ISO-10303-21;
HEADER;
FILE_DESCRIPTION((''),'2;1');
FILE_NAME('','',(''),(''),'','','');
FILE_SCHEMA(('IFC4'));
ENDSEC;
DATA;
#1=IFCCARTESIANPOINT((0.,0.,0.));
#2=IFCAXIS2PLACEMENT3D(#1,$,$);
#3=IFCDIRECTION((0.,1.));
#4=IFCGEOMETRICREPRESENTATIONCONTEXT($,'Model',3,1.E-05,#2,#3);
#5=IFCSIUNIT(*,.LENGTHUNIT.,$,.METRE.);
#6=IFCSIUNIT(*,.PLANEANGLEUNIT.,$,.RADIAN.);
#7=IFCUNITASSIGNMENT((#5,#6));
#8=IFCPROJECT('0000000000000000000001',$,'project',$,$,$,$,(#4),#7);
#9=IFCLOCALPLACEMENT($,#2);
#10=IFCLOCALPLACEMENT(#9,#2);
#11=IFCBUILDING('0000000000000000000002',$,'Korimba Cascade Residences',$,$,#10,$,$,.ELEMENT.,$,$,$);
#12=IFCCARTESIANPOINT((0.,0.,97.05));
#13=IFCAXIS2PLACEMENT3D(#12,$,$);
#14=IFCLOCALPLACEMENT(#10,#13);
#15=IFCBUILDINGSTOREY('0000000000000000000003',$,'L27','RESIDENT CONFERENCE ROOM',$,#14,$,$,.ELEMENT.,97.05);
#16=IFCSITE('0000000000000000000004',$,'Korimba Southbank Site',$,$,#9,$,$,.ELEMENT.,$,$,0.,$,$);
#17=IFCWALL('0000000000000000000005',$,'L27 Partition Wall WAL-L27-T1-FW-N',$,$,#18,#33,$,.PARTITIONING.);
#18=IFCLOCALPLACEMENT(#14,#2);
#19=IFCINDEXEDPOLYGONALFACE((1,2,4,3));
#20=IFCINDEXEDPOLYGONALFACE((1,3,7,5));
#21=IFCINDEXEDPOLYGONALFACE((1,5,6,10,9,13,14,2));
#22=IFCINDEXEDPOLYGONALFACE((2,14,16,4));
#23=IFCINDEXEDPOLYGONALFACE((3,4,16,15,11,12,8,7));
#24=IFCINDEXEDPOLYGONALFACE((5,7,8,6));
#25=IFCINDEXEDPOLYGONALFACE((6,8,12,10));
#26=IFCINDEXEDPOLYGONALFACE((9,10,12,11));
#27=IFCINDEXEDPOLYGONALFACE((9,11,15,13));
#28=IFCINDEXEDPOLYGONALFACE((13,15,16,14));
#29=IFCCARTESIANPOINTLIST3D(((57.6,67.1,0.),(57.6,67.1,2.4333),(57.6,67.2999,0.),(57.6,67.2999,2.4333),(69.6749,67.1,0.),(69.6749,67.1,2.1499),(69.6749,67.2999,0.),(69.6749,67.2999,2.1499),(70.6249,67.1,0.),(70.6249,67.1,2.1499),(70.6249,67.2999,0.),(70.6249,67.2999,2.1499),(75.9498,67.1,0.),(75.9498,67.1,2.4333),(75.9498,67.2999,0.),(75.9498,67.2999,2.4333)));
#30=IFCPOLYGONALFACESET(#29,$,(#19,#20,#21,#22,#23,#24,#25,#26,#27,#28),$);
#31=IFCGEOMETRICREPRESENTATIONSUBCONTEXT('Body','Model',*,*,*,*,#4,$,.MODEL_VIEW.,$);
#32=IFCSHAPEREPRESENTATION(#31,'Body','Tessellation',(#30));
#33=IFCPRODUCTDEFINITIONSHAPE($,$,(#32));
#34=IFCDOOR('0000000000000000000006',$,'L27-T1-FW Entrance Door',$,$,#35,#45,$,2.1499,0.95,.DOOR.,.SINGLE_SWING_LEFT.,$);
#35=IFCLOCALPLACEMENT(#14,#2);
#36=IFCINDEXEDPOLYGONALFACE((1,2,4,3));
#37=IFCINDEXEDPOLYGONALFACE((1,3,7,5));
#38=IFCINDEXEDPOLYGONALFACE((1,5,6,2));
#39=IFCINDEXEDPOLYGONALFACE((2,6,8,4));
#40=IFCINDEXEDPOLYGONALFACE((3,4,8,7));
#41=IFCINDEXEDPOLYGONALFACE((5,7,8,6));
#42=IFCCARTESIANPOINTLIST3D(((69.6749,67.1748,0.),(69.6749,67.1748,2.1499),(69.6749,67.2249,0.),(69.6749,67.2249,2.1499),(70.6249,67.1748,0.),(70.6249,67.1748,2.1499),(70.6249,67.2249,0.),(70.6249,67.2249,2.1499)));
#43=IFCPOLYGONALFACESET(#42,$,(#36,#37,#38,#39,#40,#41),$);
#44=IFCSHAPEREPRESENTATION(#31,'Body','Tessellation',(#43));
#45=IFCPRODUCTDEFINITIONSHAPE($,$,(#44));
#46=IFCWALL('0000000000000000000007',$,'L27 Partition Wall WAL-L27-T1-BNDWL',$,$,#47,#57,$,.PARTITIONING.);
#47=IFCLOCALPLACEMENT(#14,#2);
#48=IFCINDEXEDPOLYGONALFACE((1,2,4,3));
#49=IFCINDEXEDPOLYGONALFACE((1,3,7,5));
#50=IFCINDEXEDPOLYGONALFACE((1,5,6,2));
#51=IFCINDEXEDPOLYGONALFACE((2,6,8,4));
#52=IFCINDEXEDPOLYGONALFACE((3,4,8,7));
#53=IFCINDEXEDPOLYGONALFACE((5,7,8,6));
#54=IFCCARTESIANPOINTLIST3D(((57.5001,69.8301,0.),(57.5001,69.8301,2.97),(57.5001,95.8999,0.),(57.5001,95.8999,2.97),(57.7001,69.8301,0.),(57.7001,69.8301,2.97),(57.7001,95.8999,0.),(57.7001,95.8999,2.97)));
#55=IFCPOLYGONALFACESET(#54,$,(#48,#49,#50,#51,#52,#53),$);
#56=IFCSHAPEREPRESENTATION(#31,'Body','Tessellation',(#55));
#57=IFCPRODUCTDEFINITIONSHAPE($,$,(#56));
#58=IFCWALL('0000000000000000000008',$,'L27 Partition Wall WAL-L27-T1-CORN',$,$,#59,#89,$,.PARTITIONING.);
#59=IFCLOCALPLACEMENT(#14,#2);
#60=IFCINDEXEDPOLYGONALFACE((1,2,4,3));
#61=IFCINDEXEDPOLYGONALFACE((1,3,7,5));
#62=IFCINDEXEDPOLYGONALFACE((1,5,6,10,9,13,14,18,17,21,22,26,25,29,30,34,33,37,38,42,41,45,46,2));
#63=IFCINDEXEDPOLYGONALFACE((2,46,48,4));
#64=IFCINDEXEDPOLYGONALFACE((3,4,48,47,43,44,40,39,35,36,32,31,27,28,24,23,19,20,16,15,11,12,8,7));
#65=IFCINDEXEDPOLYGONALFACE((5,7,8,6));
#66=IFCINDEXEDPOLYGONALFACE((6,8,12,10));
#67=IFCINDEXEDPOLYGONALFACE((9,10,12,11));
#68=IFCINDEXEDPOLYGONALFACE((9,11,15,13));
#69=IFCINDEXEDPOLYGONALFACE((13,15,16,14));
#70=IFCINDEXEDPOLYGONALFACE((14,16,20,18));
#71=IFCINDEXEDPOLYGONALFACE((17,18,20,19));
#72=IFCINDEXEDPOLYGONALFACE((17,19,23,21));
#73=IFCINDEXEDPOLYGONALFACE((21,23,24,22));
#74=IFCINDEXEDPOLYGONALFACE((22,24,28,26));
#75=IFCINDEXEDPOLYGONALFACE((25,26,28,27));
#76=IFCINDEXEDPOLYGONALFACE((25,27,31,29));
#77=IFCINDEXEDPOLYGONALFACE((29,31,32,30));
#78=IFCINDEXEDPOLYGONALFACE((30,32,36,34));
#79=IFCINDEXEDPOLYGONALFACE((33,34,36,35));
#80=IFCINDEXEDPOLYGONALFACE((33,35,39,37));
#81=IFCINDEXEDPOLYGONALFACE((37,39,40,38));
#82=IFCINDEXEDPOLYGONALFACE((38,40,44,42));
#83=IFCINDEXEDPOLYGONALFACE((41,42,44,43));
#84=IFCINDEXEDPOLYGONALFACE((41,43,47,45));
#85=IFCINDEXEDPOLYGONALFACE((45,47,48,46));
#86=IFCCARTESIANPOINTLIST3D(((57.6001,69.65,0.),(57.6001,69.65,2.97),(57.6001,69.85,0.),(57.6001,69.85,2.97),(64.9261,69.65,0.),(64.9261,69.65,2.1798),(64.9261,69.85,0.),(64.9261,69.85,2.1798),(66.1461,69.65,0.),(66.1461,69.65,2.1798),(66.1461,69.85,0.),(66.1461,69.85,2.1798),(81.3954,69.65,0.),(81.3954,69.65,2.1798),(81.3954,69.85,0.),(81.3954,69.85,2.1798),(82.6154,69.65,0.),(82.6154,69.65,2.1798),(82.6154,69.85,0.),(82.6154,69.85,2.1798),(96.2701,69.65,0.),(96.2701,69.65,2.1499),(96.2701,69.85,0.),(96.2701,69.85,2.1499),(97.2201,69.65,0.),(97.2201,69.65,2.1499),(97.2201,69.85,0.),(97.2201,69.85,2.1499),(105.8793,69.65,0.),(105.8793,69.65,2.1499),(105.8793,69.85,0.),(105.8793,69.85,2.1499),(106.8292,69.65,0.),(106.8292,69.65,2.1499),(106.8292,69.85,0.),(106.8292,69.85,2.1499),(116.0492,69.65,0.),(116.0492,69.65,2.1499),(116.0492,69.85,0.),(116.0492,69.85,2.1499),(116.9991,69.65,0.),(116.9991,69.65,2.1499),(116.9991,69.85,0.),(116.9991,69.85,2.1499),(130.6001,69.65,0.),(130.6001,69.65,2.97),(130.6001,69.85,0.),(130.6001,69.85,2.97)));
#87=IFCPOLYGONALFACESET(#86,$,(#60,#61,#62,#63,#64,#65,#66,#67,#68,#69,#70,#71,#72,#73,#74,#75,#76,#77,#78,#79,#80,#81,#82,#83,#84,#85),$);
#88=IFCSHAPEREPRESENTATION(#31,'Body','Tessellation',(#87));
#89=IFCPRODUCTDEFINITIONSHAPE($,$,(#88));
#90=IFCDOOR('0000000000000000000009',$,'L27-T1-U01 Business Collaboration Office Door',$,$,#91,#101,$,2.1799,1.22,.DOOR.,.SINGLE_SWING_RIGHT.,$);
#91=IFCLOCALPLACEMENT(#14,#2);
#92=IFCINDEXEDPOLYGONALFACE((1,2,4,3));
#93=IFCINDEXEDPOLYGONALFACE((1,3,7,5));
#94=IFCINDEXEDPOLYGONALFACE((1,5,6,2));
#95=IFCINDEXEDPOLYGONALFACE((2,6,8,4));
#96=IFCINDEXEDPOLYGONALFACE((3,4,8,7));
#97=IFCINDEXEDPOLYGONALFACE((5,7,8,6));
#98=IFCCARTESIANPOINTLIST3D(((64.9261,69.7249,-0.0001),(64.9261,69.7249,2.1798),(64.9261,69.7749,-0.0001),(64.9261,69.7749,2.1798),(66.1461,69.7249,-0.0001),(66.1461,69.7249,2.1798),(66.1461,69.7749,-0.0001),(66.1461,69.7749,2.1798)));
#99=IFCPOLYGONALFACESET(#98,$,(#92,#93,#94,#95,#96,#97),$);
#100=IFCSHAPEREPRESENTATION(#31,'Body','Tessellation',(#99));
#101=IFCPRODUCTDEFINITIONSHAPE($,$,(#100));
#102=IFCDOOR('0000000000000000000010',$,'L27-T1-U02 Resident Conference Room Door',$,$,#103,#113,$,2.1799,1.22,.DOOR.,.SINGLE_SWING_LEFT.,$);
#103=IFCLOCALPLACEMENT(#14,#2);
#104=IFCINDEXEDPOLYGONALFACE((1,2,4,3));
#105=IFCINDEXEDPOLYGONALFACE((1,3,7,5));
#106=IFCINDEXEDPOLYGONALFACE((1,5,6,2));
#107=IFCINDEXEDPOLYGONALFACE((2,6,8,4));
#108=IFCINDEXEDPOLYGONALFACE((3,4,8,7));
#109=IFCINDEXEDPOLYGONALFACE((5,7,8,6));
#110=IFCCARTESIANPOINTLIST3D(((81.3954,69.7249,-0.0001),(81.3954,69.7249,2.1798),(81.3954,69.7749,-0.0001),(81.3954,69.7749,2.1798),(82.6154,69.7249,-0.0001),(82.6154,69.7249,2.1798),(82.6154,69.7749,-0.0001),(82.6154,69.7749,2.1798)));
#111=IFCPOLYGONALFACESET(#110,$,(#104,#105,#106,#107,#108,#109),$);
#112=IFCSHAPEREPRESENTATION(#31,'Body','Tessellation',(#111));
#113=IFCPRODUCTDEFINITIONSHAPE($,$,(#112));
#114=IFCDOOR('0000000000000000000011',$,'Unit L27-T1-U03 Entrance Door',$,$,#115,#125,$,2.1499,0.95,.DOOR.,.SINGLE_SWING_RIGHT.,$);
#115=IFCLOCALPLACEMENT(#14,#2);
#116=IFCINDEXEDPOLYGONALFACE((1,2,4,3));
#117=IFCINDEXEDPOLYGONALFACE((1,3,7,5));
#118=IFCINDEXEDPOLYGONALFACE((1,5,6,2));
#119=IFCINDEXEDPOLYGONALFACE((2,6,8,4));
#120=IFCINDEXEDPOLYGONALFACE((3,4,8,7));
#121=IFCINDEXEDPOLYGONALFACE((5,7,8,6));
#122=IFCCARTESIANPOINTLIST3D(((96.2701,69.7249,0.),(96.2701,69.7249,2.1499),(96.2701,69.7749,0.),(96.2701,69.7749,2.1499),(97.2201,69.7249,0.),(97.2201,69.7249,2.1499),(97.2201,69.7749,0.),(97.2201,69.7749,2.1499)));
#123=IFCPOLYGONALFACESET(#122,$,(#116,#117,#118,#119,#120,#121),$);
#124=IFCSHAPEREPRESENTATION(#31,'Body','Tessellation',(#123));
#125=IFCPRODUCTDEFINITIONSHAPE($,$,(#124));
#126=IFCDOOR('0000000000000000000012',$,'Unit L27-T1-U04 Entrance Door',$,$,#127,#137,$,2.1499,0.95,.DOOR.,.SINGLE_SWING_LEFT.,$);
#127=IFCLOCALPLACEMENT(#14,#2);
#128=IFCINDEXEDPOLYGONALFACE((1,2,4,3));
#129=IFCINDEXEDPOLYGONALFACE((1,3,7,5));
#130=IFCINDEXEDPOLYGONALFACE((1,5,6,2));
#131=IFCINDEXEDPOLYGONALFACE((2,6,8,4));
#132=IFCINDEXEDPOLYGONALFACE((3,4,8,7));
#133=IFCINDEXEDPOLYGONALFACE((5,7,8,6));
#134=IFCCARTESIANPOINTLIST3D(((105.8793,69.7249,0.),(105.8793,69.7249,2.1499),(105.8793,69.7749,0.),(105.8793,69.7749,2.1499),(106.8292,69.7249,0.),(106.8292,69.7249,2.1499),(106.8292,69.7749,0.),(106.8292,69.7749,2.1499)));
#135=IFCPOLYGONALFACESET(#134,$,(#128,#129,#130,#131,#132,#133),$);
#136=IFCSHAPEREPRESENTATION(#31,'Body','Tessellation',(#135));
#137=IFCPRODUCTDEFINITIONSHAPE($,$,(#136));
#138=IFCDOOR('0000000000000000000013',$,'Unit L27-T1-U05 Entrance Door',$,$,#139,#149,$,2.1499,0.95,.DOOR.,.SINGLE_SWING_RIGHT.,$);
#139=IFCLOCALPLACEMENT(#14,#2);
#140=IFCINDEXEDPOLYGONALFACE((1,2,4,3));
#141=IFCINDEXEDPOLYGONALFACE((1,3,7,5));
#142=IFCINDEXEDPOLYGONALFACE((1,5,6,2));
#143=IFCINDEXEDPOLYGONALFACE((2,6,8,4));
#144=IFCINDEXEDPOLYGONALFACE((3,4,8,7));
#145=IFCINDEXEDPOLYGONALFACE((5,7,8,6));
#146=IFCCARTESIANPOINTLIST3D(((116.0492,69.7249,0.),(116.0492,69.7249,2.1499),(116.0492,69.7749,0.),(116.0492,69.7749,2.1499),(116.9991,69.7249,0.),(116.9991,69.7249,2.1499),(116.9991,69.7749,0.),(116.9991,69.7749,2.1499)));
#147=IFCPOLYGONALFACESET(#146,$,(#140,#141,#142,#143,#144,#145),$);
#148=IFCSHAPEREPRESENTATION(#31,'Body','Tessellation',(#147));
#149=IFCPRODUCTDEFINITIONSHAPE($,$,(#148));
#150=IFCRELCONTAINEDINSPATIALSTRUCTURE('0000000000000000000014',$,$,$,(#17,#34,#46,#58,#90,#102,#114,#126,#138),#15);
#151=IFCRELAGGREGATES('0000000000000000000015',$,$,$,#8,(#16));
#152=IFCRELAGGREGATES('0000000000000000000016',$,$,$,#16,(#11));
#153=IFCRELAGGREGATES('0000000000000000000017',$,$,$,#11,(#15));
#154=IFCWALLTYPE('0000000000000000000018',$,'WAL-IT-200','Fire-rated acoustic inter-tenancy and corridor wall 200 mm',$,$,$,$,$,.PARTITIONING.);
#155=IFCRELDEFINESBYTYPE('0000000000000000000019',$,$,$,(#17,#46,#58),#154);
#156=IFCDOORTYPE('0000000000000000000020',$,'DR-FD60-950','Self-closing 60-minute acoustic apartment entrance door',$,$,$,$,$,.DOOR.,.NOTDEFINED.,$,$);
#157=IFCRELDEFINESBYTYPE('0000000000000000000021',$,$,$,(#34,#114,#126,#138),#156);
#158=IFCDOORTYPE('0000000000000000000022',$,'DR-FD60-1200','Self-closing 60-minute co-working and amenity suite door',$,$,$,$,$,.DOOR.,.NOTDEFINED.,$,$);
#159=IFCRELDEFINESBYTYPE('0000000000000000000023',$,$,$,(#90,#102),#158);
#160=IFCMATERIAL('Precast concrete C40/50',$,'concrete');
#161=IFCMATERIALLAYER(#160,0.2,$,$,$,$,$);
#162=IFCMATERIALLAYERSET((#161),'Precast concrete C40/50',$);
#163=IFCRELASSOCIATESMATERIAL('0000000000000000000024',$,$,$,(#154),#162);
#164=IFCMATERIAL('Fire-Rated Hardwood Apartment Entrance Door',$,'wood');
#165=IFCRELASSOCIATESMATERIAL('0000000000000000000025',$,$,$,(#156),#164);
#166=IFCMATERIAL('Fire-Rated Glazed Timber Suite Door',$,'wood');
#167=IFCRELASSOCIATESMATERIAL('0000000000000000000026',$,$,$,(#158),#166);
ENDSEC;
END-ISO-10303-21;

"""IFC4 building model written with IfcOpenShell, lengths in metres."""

from ifc_helpers import new_model, si_unit, direction, frame, frame_2d, origin, place, context, subcontext, project, spatial, rectangle, extrude, material, layer, layer_set, type_object, element, fill, save


model = new_model("IFC4")

# Units and contexts
model_context = context("Model", 3, precision=1e-05, world=origin(), true_north=direction((0.0, 1.0)))
body_context = subcontext(model_context, "Body", "Model", "MODEL_VIEW")
ifc_project = project(units=[si_unit("LENGTHUNIT", "METRE"), si_unit("PLANEANGLEUNIT", "RADIAN")], contexts=[model_context])

# Site, building, storey
site_placement = place(None, origin())
site = spatial("IfcSite", under=ifc_project, at=site_placement, Name="Korimba Southbank Site", CompositionType="ELEMENT", RefElevation=0.0)
building_placement = place(site_placement, origin())
building = spatial("IfcBuilding", under=site, at=building_placement, Name="Korimba Cascade Residences", CompositionType="ELEMENT")
storey_placement = place(building_placement, frame((0.0, 0.0, 97.05)))
storey = spatial("IfcBuildingStorey", under=building, at=storey_placement, Name="L27", Description="RESIDENT CONFERENCE ROOM", CompositionType="ELEMENT", Elevation=97.05)

# Wall, opening, door
ifc_material_1 = material(Name="Precast concrete C40/50", Category="concrete")
ifc_layer_1 = layer(ifc_material_1, 0.2)
ifc_layer_set_1 = layer_set([ifc_layer_1], Name="Precast concrete C40/50")
wall_type_1 = type_object("IfcWallType", Name="WAL-IT-200", Description="Fire-rated acoustic inter-tenancy and corridor wall 200 mm", PredefinedType="PARTITIONING", material=ifc_layer_set_1)
wall_1_placement = place(storey_placement, frame((57.6001, 67.2, 0.0), z_axis=(0.0, 0.0, 1.0), x_axis=(1.0, 0.0, 0.0)))
wall_1 = element("IfcWall", 1, at=wall_1_placement, inside=storey, type_object=wall_type_1, Name="L27 Partition Wall WAL-L27-T1-FW-N", PredefinedType="PARTITIONING", context=body_context, shape_type="SweptSolid", body=[
    extrude(rectangle(XDim=18.3499, YDim=0.2, at=frame_2d((9.1748, 0.0))), origin(), (0.0, 0.0, 1.0), 2.4333),
])
opening_1_placement = place(wall_1_placement, frame((12.0747, 0.0, 0.0)))
opening_1 = element("IfcOpeningElement", 2, at=opening_1_placement, cuts=wall_1, PredefinedType="OPENING", context=body_context, shape_type="SweptSolid", body=[
    extrude(rectangle(XDim=0.95, YDim=2.1499, at=frame_2d((0.4751, 1.075))), frame((0.0, 0.1099, 0.0), z_axis=(0.0, -1.0, 0.0), x_axis=(1.0, 0.0, 0.0)), (0.0, 0.0, 1.0), 0.22),
])
ifc_material_2 = material(Name="Fire-Rated Hardwood Apartment Entrance Door", Category="wood")
door_type_1 = type_object("IfcDoorType", Name="DR-FD60-950", Description="Self-closing 60-minute acoustic apartment entrance door", OperationType="NOTDEFINED", PredefinedType="DOOR", material=ifc_material_2)
door_1_placement = place(opening_1_placement, origin())
door_1 = element("IfcDoor", 3, at=door_1_placement, inside=storey, type_object=door_type_1, Name="L27-T1-FW Entrance Door", OperationType="SINGLE_SWING_LEFT", OverallHeight=2.1499, OverallWidth=0.95, PredefinedType="DOOR", context=body_context, shape_type="SweptSolid", body=[
    extrude(rectangle(XDim=0.95, YDim=2.1499, at=frame_2d((0.4751, 1.075))), frame((0.0, 0.0249, 0.0), z_axis=(0.0, -1.0, 0.0), x_axis=(1.0, 0.0, 0.0)), (0.0, 0.0, 1.0), 0.05),
])
fill(opening_1, door_1)

# Wall
wall_2_placement = place(storey_placement, frame((57.6001, 69.8301, 0.0), z_axis=(0.0, 0.0, 1.0), x_axis=(0.0, 1.0, 0.0)))
element("IfcWall", 4, at=wall_2_placement, inside=storey, type_object=wall_type_1, Name="L27 Partition Wall WAL-L27-T1-BNDWL", PredefinedType="PARTITIONING", context=body_context, shape_type="SweptSolid", body=[
    extrude(rectangle(XDim=26.0698, YDim=0.2, at=frame_2d((13.0349, 0.0))), origin(), (0.0, 0.0, 1.0), 2.97),
])

# Wall, openings, doors
wall_3_placement = place(storey_placement, frame((57.6001, 69.75, 0.0), z_axis=(0.0, 0.0, 1.0), x_axis=(1.0, 0.0, 0.0)))
wall_3 = element("IfcWall", 5, at=wall_3_placement, inside=storey, type_object=wall_type_1, Name="L27 Partition Wall WAL-L27-T1-CORN", PredefinedType="PARTITIONING", context=body_context, shape_type="SweptSolid", body=[
    extrude(rectangle(XDim=73.0, YDim=0.2, at=frame_2d((36.5, 0.0))), origin(), (0.0, 0.0, 1.0), 2.97),
])
opening_2_placement = place(wall_3_placement, frame((7.3262, 0.0, 0.0)))
opening_2 = element("IfcOpeningElement", 6, at=opening_2_placement, cuts=wall_3, PredefinedType="OPENING", context=body_context, shape_type="SweptSolid", body=[
    extrude(rectangle(XDim=1.22, YDim=2.1799, at=frame_2d((0.6099, 1.0898))), frame((0.0, 0.1099, 0.0), z_axis=(0.0, -1.0, 0.0), x_axis=(1.0, 0.0, 0.0)), (0.0, 0.0, 1.0), 0.22),
])
opening_3_placement = place(wall_3_placement, frame((23.7954, 0.0, 0.0)))
opening_3 = element("IfcOpeningElement", 7, at=opening_3_placement, cuts=wall_3, PredefinedType="OPENING", context=body_context, shape_type="SweptSolid", body=[
    extrude(rectangle(XDim=1.22, YDim=2.1799, at=frame_2d((0.6099, 1.0898))), frame((0.0, 0.1099, 0.0), z_axis=(0.0, -1.0, 0.0), x_axis=(1.0, 0.0, 0.0)), (0.0, 0.0, 1.0), 0.22),
])
opening_4_placement = place(wall_3_placement, frame((38.6699, 0.0, 0.0)))
opening_4 = element("IfcOpeningElement", 8, at=opening_4_placement, cuts=wall_3, PredefinedType="OPENING", context=body_context, shape_type="SweptSolid", body=[
    extrude(rectangle(XDim=0.95, YDim=2.1499, at=frame_2d((0.4751, 1.075))), frame((0.0, 0.1099, 0.0), z_axis=(0.0, -1.0, 0.0), x_axis=(1.0, 0.0, 0.0)), (0.0, 0.0, 1.0), 0.22),
])
opening_5_placement = place(wall_3_placement, frame((48.2791, 0.0, 0.0)))
opening_5 = element("IfcOpeningElement", 9, at=opening_5_placement, cuts=wall_3, PredefinedType="OPENING", context=body_context, shape_type="SweptSolid", body=[
    extrude(rectangle(XDim=0.95, YDim=2.1499, at=frame_2d((0.4751, 1.075))), frame((0.0, 0.1099, 0.0), z_axis=(0.0, -1.0, 0.0), x_axis=(1.0, 0.0, 0.0)), (0.0, 0.0, 1.0), 0.22),
])
opening_6_placement = place(wall_3_placement, frame((58.449, 0.0, 0.0)))
opening_6 = element("IfcOpeningElement", 10, at=opening_6_placement, cuts=wall_3, PredefinedType="OPENING", context=body_context, shape_type="SweptSolid", body=[
    extrude(rectangle(XDim=0.95, YDim=2.1499, at=frame_2d((0.4751, 1.075))), frame((0.0, 0.1099, 0.0), z_axis=(0.0, -1.0, 0.0), x_axis=(1.0, 0.0, 0.0)), (0.0, 0.0, 1.0), 0.22),
])
ifc_material_3 = material(Name="Fire-Rated Glazed Timber Suite Door", Category="wood")
door_type_2 = type_object("IfcDoorType", Name="DR-FD60-1200", Description="Self-closing 60-minute co-working and amenity suite door", OperationType="NOTDEFINED", PredefinedType="DOOR", material=ifc_material_3)
door_2_placement = place(opening_2_placement, origin())
door_2 = element("IfcDoor", 11, at=door_2_placement, inside=storey, type_object=door_type_2, Name="L27-T1-U01 Business Collaboration Office Door", OperationType="SINGLE_SWING_RIGHT", OverallHeight=2.1799, OverallWidth=1.22, PredefinedType="DOOR", context=body_context, shape_type="SweptSolid", body=[
    extrude(rectangle(XDim=1.22, YDim=2.1799, at=frame_2d((0.6099, 1.0898))), frame((0.0, 0.0249, 0.0), z_axis=(0.0, -1.0, 0.0), x_axis=(1.0, 0.0, 0.0)), (0.0, 0.0, 1.0), 0.05),
])
fill(opening_2, door_2)
door_3_placement = place(opening_3_placement, origin())
door_3 = element("IfcDoor", 12, at=door_3_placement, inside=storey, type_object=door_type_2, Name="L27-T1-U02 Resident Conference Room Door", OperationType="SINGLE_SWING_LEFT", OverallHeight=2.1799, OverallWidth=1.22, PredefinedType="DOOR", context=body_context, shape_type="SweptSolid", body=[
    extrude(rectangle(XDim=1.22, YDim=2.1799, at=frame_2d((0.6099, 1.0898))), frame((0.0, 0.0249, 0.0), z_axis=(0.0, -1.0, 0.0), x_axis=(1.0, 0.0, 0.0)), (0.0, 0.0, 1.0), 0.05),
])
fill(opening_3, door_3)
door_4_placement = place(opening_4_placement, origin())
door_4 = element("IfcDoor", 13, at=door_4_placement, inside=storey, type_object=door_type_1, Name="Unit L27-T1-U03 Entrance Door", OperationType="SINGLE_SWING_RIGHT", OverallHeight=2.1499, OverallWidth=0.95, PredefinedType="DOOR", context=body_context, shape_type="SweptSolid", body=[
    extrude(rectangle(XDim=0.95, YDim=2.1499, at=frame_2d((0.4751, 1.075))), frame((0.0, 0.0249, 0.0), z_axis=(0.0, -1.0, 0.0), x_axis=(1.0, 0.0, 0.0)), (0.0, 0.0, 1.0), 0.05),
])
fill(opening_4, door_4)
door_5_placement = place(opening_5_placement, origin())
door_5 = element("IfcDoor", 14, at=door_5_placement, inside=storey, type_object=door_type_1, Name="Unit L27-T1-U04 Entrance Door", OperationType="SINGLE_SWING_LEFT", OverallHeight=2.1499, OverallWidth=0.95, PredefinedType="DOOR", context=body_context, shape_type="SweptSolid", body=[
    extrude(rectangle(XDim=0.95, YDim=2.1499, at=frame_2d((0.4751, 1.075))), frame((0.0, 0.0249, 0.0), z_axis=(0.0, -1.0, 0.0), x_axis=(1.0, 0.0, 0.0)), (0.0, 0.0, 1.0), 0.05),
])
fill(opening_5, door_5)
door_6_placement = place(opening_6_placement, origin())
door_6 = element("IfcDoor", 15, at=door_6_placement, inside=storey, type_object=door_type_1, Name="Unit L27-T1-U05 Entrance Door", OperationType="SINGLE_SWING_RIGHT", OverallHeight=2.1499, OverallWidth=0.95, PredefinedType="DOOR", context=body_context, shape_type="SweptSolid", body=[
    extrude(rectangle(XDim=0.95, YDim=2.1499, at=frame_2d((0.4751, 1.075))), frame((0.0, 0.0249, 0.0), z_axis=(0.0, -1.0, 0.0), x_axis=(1.0, 0.0, 0.0)), (0.0, 0.0, 1.0), 0.05),
])
fill(opening_6, door_6)

save(model, "model.ifc")
